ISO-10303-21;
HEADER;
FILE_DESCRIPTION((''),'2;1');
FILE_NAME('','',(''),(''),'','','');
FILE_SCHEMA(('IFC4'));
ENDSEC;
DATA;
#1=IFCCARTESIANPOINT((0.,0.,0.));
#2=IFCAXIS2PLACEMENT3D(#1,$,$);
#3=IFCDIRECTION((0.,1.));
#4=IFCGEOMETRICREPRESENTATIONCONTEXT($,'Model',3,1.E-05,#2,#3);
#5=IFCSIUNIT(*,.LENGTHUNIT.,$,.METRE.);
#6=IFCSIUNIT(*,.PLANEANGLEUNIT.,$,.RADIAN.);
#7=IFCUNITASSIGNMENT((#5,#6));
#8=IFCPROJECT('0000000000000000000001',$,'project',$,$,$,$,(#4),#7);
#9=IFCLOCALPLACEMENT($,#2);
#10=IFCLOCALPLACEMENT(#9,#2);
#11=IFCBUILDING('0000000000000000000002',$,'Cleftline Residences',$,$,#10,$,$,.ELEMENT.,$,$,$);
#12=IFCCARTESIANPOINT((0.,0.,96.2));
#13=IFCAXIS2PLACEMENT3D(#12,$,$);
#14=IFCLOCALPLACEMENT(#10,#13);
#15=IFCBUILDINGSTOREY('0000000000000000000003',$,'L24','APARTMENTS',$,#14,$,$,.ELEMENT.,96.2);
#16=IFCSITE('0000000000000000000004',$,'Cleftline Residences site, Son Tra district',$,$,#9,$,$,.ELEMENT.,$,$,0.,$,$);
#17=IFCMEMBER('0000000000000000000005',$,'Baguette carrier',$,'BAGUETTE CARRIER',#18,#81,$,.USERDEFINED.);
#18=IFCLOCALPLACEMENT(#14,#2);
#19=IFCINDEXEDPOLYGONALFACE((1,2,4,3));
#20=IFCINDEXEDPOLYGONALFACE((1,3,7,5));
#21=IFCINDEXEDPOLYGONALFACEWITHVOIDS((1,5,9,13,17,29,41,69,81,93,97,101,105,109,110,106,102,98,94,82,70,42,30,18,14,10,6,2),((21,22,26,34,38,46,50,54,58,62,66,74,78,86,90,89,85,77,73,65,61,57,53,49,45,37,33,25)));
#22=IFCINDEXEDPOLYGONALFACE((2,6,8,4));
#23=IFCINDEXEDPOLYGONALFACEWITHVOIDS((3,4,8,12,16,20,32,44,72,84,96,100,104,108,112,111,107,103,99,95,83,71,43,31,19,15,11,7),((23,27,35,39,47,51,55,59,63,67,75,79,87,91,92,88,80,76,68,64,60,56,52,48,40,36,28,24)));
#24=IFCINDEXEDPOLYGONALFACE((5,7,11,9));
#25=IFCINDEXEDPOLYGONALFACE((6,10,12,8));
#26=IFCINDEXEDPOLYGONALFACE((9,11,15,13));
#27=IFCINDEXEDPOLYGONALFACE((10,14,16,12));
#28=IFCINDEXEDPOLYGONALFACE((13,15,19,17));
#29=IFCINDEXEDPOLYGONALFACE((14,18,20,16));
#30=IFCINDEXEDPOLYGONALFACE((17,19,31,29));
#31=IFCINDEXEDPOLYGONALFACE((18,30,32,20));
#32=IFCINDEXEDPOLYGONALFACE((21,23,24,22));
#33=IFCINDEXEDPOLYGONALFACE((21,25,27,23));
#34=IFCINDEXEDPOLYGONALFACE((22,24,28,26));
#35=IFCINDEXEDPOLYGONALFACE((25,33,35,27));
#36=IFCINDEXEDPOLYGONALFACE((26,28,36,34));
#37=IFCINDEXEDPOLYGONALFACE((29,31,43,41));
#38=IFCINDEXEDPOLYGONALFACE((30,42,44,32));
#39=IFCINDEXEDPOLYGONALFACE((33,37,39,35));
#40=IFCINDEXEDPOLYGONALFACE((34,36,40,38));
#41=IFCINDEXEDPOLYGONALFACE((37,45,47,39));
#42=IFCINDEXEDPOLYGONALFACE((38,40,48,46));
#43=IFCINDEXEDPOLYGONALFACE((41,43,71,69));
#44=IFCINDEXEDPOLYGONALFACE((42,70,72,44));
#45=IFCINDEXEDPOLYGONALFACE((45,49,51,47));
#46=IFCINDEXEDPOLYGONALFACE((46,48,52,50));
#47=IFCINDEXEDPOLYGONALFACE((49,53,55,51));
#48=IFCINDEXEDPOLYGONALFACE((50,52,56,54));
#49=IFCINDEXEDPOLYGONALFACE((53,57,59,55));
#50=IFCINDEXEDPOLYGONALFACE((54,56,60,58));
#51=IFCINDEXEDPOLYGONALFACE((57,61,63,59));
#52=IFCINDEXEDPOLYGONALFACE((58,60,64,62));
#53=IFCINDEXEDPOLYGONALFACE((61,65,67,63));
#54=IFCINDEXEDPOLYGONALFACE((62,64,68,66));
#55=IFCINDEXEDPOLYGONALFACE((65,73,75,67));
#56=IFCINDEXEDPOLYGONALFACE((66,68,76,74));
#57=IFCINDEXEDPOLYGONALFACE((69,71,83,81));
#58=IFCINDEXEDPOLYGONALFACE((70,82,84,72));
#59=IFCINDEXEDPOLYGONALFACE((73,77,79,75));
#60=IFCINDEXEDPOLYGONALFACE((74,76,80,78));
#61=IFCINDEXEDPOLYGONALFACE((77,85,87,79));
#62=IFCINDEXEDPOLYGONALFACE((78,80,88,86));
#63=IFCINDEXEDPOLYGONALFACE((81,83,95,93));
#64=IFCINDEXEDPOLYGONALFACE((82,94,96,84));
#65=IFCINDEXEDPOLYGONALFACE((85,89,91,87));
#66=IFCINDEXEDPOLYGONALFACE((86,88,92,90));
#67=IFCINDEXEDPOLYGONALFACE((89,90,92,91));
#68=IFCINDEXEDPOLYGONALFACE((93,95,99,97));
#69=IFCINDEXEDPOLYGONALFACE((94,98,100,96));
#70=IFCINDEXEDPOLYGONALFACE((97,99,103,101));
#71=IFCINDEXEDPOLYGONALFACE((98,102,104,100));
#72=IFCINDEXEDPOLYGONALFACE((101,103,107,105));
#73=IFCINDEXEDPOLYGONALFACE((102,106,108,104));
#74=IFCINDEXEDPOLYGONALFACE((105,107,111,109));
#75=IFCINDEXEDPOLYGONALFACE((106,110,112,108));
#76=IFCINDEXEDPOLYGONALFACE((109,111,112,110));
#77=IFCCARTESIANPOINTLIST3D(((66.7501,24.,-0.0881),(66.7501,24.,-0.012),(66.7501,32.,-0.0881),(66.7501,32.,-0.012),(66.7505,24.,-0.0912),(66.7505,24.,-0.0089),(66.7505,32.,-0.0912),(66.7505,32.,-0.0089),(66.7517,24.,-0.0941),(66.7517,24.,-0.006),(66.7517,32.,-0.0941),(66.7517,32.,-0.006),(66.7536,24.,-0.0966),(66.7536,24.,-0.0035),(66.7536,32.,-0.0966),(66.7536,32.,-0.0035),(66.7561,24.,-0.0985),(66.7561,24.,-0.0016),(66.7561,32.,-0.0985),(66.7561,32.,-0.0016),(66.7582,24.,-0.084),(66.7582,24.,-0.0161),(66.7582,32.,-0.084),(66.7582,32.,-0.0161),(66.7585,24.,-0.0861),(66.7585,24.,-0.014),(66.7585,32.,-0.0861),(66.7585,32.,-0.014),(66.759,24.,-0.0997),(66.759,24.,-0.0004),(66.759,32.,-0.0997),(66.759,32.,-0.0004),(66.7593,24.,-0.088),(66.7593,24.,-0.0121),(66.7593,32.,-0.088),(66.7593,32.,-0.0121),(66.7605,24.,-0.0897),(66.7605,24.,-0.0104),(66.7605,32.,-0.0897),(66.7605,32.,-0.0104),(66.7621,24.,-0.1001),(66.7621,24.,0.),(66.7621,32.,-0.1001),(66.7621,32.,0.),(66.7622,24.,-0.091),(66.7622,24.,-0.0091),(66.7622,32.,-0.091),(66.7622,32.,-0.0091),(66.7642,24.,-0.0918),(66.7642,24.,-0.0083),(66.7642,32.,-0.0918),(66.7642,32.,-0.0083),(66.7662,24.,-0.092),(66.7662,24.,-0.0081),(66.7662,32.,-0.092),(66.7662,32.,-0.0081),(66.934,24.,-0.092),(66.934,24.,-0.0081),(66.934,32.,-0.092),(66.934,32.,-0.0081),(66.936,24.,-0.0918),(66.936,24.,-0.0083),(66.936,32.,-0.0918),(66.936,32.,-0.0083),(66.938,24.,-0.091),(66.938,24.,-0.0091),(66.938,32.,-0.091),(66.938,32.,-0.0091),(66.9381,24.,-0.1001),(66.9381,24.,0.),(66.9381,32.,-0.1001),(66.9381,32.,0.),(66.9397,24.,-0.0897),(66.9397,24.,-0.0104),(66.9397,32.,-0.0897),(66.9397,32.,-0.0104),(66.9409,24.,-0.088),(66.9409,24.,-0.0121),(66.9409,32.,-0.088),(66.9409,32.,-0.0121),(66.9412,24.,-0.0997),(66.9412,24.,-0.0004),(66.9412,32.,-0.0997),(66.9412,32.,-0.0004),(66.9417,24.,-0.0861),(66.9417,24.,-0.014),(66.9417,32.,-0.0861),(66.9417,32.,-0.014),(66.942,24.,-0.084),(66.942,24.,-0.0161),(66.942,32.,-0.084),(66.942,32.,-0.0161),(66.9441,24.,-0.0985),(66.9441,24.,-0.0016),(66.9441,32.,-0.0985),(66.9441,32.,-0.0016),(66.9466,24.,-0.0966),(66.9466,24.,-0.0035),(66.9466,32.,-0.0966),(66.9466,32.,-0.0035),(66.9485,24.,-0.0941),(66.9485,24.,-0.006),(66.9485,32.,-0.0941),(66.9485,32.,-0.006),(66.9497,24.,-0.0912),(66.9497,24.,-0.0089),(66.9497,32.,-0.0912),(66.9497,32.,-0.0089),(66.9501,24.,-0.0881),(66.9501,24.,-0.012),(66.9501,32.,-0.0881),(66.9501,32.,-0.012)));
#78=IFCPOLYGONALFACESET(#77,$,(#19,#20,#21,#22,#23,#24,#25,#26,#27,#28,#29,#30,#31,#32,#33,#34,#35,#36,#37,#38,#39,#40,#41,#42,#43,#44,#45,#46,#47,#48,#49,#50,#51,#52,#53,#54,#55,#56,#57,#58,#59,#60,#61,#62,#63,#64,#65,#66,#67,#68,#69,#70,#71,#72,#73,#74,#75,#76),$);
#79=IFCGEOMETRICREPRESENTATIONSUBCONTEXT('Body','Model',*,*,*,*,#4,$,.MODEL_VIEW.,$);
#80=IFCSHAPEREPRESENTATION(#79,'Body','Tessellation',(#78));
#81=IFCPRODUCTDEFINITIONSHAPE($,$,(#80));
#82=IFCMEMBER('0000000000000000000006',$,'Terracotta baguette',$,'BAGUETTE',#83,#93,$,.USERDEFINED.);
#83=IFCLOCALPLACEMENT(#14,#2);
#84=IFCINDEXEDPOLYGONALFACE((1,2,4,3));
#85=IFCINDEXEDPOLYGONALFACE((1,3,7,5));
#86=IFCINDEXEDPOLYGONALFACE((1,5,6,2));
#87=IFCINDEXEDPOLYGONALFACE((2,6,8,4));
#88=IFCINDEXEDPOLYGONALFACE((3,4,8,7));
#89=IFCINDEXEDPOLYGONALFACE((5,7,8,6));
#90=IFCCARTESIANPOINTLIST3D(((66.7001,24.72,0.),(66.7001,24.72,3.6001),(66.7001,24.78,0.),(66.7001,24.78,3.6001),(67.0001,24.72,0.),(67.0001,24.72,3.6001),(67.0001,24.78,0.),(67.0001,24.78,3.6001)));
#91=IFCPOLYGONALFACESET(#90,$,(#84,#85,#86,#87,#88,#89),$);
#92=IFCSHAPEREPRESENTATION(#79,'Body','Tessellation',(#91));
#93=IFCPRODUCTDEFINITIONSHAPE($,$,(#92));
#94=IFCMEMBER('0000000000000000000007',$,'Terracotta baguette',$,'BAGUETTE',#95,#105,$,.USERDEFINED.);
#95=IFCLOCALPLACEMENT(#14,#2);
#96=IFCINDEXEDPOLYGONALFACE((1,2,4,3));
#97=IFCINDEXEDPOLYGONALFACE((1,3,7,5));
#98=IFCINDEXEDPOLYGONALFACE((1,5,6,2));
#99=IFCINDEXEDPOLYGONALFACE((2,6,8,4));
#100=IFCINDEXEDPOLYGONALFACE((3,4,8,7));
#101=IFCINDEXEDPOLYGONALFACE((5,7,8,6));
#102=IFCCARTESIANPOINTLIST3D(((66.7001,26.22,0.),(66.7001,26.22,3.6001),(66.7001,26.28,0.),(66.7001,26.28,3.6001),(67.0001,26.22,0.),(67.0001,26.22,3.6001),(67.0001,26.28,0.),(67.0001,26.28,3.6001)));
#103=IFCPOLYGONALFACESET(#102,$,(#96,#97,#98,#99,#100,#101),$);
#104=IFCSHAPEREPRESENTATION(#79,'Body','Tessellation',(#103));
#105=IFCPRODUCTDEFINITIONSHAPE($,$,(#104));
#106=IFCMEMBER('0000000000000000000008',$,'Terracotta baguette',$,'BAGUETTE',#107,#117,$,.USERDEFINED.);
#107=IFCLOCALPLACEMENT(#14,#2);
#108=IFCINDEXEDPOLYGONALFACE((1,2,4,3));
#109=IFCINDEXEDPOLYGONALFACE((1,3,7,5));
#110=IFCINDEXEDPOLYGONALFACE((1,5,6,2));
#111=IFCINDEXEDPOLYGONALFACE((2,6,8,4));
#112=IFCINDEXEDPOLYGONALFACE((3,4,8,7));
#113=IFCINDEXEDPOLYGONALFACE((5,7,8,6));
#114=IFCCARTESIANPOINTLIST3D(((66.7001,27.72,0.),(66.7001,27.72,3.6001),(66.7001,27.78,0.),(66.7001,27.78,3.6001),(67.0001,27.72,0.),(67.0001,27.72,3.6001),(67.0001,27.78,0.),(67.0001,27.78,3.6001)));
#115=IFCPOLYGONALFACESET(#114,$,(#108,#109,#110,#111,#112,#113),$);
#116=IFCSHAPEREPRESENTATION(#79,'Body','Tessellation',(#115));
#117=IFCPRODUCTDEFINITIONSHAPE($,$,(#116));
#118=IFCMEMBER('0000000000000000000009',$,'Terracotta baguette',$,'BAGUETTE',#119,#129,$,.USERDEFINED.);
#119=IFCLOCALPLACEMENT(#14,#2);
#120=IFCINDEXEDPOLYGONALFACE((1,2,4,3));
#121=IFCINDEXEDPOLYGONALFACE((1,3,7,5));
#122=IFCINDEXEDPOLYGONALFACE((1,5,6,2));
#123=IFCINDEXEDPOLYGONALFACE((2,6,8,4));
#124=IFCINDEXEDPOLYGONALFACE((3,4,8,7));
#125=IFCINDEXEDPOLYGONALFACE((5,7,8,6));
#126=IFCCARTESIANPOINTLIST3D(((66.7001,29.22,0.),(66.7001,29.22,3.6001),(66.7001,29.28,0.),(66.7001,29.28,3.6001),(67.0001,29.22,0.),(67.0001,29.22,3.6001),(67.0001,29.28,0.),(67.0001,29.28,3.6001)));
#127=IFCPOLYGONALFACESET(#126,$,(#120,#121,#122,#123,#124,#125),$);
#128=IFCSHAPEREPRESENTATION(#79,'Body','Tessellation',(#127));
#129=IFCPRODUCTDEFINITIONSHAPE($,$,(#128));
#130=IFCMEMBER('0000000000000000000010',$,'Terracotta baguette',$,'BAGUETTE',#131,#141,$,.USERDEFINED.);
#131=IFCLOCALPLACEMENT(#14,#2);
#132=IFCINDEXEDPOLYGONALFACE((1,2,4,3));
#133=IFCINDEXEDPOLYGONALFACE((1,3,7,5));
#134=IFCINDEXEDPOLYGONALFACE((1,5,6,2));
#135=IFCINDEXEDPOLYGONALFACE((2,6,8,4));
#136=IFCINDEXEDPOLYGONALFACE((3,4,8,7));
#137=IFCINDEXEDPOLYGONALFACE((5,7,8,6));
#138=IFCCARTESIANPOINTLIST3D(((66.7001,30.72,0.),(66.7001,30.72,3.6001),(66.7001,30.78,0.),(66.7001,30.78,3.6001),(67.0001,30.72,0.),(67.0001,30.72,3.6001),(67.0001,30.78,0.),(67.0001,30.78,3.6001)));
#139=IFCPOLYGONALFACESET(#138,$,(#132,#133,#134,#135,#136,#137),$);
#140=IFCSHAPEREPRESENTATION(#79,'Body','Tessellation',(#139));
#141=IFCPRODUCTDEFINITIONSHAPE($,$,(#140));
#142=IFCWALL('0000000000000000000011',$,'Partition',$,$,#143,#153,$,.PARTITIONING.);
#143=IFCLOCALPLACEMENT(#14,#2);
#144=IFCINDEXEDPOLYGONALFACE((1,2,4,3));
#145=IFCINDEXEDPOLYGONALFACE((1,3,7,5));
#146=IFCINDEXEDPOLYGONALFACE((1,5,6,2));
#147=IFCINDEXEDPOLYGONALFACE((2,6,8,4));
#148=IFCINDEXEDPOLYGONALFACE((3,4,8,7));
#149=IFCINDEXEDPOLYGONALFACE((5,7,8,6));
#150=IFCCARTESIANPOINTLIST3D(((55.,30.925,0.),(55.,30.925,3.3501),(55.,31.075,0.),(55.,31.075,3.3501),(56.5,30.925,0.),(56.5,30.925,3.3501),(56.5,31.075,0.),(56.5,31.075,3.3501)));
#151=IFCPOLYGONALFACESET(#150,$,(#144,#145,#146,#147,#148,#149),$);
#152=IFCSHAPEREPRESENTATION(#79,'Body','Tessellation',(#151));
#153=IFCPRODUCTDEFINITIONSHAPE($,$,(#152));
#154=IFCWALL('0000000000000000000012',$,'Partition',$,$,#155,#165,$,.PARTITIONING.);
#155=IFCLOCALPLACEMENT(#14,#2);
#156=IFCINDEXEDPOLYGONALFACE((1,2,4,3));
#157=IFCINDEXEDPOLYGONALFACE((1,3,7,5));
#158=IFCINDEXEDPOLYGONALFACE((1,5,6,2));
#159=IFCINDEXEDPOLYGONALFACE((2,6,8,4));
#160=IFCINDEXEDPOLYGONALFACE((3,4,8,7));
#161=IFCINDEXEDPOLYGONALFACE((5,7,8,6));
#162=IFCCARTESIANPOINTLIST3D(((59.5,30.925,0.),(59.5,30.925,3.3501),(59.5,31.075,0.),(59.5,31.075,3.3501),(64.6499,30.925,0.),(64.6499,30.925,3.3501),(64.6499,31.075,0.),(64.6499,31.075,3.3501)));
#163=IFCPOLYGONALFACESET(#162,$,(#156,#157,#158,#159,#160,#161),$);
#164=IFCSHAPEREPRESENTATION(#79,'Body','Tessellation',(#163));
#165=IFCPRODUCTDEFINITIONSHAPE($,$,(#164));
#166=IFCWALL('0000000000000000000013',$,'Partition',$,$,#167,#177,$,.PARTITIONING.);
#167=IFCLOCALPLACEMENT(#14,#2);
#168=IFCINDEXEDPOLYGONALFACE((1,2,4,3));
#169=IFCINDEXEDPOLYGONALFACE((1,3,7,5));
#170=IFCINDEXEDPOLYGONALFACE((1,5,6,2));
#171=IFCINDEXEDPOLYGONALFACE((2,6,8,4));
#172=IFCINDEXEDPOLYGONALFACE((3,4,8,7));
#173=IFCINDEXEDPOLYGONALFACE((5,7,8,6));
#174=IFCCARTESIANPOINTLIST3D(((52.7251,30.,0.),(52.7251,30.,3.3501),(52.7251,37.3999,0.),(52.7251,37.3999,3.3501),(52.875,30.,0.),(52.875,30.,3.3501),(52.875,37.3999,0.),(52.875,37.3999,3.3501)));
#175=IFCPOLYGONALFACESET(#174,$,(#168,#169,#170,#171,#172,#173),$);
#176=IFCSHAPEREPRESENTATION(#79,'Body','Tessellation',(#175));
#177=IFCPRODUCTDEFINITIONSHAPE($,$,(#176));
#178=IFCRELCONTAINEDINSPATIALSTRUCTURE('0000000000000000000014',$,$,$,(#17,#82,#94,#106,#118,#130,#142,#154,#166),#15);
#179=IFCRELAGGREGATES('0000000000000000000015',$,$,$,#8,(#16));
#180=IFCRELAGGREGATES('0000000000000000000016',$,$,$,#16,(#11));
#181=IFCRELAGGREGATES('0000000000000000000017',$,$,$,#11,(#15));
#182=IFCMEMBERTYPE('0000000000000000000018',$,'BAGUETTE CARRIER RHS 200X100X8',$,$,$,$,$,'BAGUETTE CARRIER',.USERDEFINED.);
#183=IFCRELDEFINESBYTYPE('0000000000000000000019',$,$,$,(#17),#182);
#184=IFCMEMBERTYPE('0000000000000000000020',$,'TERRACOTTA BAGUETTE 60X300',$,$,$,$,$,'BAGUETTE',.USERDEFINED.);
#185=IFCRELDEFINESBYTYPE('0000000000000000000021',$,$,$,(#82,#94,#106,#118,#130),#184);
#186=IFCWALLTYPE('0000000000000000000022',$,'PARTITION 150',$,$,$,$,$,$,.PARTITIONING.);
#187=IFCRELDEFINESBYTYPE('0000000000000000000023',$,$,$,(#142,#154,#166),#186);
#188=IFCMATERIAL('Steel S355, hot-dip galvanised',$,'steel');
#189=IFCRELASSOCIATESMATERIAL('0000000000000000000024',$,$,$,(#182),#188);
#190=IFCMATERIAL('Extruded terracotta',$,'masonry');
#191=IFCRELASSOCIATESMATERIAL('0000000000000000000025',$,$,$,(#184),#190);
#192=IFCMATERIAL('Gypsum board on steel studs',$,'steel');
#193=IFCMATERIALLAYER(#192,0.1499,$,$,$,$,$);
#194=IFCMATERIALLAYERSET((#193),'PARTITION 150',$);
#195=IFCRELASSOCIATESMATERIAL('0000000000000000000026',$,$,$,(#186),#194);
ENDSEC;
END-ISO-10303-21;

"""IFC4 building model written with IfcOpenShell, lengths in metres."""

from ifc_helpers import new_model, si_unit, direction, frame, frame_2d, origin, origin_2d, place, context, subcontext, project, spatial, rectangle, hollow_rectangle, extrude, material, layer, layer_set, material_profile, profile_set, type_object, element, save


model = new_model("IFC4")

# Units and contexts
model_context = context("Model", 3, precision=1e-05, world=origin(), true_north=direction((0.0, 1.0)))
body_context = subcontext(model_context, "Body", "Model", "MODEL_VIEW")
ifc_project = project(units=[si_unit("LENGTHUNIT", "METRE"), si_unit("PLANEANGLEUNIT", "RADIAN")], contexts=[model_context])

# Site, building, storey
site_placement = place(None, origin())
site = spatial("IfcSite", under=ifc_project, at=site_placement, Name="Cleftline Residences site, Son Tra district", CompositionType="ELEMENT", RefElevation=0.0)
building_placement = place(site_placement, origin())
building = spatial("IfcBuilding", under=site, at=building_placement, Name="Cleftline Residences", CompositionType="ELEMENT")
storey_placement = place(building_placement, frame((0.0, 0.0, 96.2)))
storey = spatial("IfcBuildingStorey", under=building, at=storey_placement, Name="L24", Description="APARTMENTS", CompositionType="ELEMENT", Elevation=96.2)

# Members
ifc_material_1 = material(Name="Steel S355, hot-dip galvanised", Category="steel")
ifc_material_profile_1 = material_profile(ifc_material_1, hollow_rectangle(XDim=0.1001, YDim=0.2, WallThickness=0.0081, InnerFilletRadius=0.0081, OuterFilletRadius=0.012, at=origin_2d()))
ifc_profile_set_1 = profile_set([ifc_material_profile_1], Name="Steel S355, hot-dip galvanised")
member_type_1 = type_object("IfcMemberType", Name="BAGUETTE CARRIER RHS 200X100X8", ElementType="BAGUETTE CARRIER", PredefinedType="USERDEFINED", material=ifc_profile_set_1)
member_placement = place(storey_placement, frame((66.8501, 24.0, -0.05), z_axis=(0.0, 1.0, 0.0), x_axis=(0.0, 0.0, 1.0)))
element("IfcMember", 1, at=member_placement, inside=storey, type_object=member_type_1, Name="Baguette carrier", ObjectType="BAGUETTE CARRIER", PredefinedType="USERDEFINED", context=body_context, shape_type="SweptSolid", body=[
    extrude(hollow_rectangle(XDim=0.1001, YDim=0.2, WallThickness=0.0081, InnerFilletRadius=0.0081, OuterFilletRadius=0.012, at=origin_2d()), origin(), (0.0, 0.0, 1.0), 8.0),
])
ifc_material_2 = material(Name="Extruded terracotta", Category="masonry")
ifc_material_profile_2 = material_profile(ifc_material_2, rectangle(XDim=0.0601, YDim=0.3, at=origin_2d()))
ifc_profile_set_2 = profile_set([ifc_material_profile_2], Name="Extruded terracotta")
member_type_2 = type_object("IfcMemberType", Name="TERRACOTTA BAGUETTE 60X300", ElementType="BAGUETTE", PredefinedType="USERDEFINED", material=ifc_profile_set_2)
for number, where, z_axis, x_axis, name in (
    (2, (66.8501, 24.75, 0.0), (0.0, 0.0, 1.0), (0.0, 1.0, 0.0), "Terracotta baguette"),
    (3, (66.8501, 26.25, 0.0), (0.0, 0.0, 1.0), (0.0, 1.0, 0.0), "Terracotta baguette"),
    (4, (66.8501, 27.75, 0.0), (0.0, 0.0, 1.0), (0.0, 1.0, 0.0), "Terracotta baguette"),
    (5, (66.8501, 29.25, 0.0), (0.0, 0.0, 1.0), (0.0, 1.0, 0.0), "Terracotta baguette"),
    (6, (66.8501, 30.75, 0.0), (0.0, 0.0, 1.0), (0.0, 1.0, 0.0), "Terracotta baguette"),
):
    element("IfcMember", number, at=place(storey_placement, frame(where, z_axis=z_axis, x_axis=x_axis)), inside=storey, type_object=member_type_2, Name=name, ObjectType="BAGUETTE", PredefinedType="USERDEFINED", context=body_context, shape_type="SweptSolid", body=[
        extrude(rectangle(XDim=0.0601, YDim=0.3, at=origin_2d()), origin(), (0.0, 0.0, 1.0), 3.6001),
    ])

# Walls
ifc_material_3 = material(Name="Gypsum board on steel studs", Category="steel")
ifc_layer_1 = layer(ifc_material_3, 0.1499)
ifc_layer_set_1 = layer_set([ifc_layer_1], Name="PARTITION 150")
wall_type_1 = type_object("IfcWallType", Name="PARTITION 150", PredefinedType="PARTITIONING", material=ifc_layer_set_1)
wall_1_placement = place(storey_placement, frame((55.0, 31.0, 0.0), z_axis=(0.0, 0.0, 1.0), x_axis=(1.0, 0.0, 0.0)))
element("IfcWall", 7, at=wall_1_placement, inside=storey, type_object=wall_type_1, Name="Partition", PredefinedType="PARTITIONING", context=body_context, shape_type="SweptSolid", body=[
    extrude(rectangle(XDim=1.5, YDim=0.1499, at=frame_2d((0.75, 0.0))), origin(), (0.0, 0.0, 1.0), 3.3501),
])
wall_2_placement = place(storey_placement, frame((59.5, 31.0, 0.0), z_axis=(0.0, 0.0, 1.0), x_axis=(1.0, 0.0, 0.0)))
element("IfcWall", 8, at=wall_2_placement, inside=storey, type_object=wall_type_1, Name="Partition", PredefinedType="PARTITIONING", context=body_context, shape_type="SweptSolid", body=[
    extrude(rectangle(XDim=5.1499, YDim=0.1499, at=frame_2d((2.575, 0.0))), origin(), (0.0, 0.0, 1.0), 3.3501),
])
wall_3_placement = place(storey_placement, frame((52.8, 30.0, 0.0), z_axis=(0.0, 0.0, 1.0), x_axis=(0.0, 1.0, 0.0)))
element("IfcWall", 9, at=wall_3_placement, inside=storey, type_object=wall_type_1, Name="Partition", PredefinedType="PARTITIONING", context=body_context, shape_type="SweptSolid", body=[
    extrude(rectangle(XDim=7.3999, YDim=0.1499, at=frame_2d((3.7, 0.0))), origin(), (0.0, 0.0, 1.0), 3.3501),
])

save(model, "model.ifc")
